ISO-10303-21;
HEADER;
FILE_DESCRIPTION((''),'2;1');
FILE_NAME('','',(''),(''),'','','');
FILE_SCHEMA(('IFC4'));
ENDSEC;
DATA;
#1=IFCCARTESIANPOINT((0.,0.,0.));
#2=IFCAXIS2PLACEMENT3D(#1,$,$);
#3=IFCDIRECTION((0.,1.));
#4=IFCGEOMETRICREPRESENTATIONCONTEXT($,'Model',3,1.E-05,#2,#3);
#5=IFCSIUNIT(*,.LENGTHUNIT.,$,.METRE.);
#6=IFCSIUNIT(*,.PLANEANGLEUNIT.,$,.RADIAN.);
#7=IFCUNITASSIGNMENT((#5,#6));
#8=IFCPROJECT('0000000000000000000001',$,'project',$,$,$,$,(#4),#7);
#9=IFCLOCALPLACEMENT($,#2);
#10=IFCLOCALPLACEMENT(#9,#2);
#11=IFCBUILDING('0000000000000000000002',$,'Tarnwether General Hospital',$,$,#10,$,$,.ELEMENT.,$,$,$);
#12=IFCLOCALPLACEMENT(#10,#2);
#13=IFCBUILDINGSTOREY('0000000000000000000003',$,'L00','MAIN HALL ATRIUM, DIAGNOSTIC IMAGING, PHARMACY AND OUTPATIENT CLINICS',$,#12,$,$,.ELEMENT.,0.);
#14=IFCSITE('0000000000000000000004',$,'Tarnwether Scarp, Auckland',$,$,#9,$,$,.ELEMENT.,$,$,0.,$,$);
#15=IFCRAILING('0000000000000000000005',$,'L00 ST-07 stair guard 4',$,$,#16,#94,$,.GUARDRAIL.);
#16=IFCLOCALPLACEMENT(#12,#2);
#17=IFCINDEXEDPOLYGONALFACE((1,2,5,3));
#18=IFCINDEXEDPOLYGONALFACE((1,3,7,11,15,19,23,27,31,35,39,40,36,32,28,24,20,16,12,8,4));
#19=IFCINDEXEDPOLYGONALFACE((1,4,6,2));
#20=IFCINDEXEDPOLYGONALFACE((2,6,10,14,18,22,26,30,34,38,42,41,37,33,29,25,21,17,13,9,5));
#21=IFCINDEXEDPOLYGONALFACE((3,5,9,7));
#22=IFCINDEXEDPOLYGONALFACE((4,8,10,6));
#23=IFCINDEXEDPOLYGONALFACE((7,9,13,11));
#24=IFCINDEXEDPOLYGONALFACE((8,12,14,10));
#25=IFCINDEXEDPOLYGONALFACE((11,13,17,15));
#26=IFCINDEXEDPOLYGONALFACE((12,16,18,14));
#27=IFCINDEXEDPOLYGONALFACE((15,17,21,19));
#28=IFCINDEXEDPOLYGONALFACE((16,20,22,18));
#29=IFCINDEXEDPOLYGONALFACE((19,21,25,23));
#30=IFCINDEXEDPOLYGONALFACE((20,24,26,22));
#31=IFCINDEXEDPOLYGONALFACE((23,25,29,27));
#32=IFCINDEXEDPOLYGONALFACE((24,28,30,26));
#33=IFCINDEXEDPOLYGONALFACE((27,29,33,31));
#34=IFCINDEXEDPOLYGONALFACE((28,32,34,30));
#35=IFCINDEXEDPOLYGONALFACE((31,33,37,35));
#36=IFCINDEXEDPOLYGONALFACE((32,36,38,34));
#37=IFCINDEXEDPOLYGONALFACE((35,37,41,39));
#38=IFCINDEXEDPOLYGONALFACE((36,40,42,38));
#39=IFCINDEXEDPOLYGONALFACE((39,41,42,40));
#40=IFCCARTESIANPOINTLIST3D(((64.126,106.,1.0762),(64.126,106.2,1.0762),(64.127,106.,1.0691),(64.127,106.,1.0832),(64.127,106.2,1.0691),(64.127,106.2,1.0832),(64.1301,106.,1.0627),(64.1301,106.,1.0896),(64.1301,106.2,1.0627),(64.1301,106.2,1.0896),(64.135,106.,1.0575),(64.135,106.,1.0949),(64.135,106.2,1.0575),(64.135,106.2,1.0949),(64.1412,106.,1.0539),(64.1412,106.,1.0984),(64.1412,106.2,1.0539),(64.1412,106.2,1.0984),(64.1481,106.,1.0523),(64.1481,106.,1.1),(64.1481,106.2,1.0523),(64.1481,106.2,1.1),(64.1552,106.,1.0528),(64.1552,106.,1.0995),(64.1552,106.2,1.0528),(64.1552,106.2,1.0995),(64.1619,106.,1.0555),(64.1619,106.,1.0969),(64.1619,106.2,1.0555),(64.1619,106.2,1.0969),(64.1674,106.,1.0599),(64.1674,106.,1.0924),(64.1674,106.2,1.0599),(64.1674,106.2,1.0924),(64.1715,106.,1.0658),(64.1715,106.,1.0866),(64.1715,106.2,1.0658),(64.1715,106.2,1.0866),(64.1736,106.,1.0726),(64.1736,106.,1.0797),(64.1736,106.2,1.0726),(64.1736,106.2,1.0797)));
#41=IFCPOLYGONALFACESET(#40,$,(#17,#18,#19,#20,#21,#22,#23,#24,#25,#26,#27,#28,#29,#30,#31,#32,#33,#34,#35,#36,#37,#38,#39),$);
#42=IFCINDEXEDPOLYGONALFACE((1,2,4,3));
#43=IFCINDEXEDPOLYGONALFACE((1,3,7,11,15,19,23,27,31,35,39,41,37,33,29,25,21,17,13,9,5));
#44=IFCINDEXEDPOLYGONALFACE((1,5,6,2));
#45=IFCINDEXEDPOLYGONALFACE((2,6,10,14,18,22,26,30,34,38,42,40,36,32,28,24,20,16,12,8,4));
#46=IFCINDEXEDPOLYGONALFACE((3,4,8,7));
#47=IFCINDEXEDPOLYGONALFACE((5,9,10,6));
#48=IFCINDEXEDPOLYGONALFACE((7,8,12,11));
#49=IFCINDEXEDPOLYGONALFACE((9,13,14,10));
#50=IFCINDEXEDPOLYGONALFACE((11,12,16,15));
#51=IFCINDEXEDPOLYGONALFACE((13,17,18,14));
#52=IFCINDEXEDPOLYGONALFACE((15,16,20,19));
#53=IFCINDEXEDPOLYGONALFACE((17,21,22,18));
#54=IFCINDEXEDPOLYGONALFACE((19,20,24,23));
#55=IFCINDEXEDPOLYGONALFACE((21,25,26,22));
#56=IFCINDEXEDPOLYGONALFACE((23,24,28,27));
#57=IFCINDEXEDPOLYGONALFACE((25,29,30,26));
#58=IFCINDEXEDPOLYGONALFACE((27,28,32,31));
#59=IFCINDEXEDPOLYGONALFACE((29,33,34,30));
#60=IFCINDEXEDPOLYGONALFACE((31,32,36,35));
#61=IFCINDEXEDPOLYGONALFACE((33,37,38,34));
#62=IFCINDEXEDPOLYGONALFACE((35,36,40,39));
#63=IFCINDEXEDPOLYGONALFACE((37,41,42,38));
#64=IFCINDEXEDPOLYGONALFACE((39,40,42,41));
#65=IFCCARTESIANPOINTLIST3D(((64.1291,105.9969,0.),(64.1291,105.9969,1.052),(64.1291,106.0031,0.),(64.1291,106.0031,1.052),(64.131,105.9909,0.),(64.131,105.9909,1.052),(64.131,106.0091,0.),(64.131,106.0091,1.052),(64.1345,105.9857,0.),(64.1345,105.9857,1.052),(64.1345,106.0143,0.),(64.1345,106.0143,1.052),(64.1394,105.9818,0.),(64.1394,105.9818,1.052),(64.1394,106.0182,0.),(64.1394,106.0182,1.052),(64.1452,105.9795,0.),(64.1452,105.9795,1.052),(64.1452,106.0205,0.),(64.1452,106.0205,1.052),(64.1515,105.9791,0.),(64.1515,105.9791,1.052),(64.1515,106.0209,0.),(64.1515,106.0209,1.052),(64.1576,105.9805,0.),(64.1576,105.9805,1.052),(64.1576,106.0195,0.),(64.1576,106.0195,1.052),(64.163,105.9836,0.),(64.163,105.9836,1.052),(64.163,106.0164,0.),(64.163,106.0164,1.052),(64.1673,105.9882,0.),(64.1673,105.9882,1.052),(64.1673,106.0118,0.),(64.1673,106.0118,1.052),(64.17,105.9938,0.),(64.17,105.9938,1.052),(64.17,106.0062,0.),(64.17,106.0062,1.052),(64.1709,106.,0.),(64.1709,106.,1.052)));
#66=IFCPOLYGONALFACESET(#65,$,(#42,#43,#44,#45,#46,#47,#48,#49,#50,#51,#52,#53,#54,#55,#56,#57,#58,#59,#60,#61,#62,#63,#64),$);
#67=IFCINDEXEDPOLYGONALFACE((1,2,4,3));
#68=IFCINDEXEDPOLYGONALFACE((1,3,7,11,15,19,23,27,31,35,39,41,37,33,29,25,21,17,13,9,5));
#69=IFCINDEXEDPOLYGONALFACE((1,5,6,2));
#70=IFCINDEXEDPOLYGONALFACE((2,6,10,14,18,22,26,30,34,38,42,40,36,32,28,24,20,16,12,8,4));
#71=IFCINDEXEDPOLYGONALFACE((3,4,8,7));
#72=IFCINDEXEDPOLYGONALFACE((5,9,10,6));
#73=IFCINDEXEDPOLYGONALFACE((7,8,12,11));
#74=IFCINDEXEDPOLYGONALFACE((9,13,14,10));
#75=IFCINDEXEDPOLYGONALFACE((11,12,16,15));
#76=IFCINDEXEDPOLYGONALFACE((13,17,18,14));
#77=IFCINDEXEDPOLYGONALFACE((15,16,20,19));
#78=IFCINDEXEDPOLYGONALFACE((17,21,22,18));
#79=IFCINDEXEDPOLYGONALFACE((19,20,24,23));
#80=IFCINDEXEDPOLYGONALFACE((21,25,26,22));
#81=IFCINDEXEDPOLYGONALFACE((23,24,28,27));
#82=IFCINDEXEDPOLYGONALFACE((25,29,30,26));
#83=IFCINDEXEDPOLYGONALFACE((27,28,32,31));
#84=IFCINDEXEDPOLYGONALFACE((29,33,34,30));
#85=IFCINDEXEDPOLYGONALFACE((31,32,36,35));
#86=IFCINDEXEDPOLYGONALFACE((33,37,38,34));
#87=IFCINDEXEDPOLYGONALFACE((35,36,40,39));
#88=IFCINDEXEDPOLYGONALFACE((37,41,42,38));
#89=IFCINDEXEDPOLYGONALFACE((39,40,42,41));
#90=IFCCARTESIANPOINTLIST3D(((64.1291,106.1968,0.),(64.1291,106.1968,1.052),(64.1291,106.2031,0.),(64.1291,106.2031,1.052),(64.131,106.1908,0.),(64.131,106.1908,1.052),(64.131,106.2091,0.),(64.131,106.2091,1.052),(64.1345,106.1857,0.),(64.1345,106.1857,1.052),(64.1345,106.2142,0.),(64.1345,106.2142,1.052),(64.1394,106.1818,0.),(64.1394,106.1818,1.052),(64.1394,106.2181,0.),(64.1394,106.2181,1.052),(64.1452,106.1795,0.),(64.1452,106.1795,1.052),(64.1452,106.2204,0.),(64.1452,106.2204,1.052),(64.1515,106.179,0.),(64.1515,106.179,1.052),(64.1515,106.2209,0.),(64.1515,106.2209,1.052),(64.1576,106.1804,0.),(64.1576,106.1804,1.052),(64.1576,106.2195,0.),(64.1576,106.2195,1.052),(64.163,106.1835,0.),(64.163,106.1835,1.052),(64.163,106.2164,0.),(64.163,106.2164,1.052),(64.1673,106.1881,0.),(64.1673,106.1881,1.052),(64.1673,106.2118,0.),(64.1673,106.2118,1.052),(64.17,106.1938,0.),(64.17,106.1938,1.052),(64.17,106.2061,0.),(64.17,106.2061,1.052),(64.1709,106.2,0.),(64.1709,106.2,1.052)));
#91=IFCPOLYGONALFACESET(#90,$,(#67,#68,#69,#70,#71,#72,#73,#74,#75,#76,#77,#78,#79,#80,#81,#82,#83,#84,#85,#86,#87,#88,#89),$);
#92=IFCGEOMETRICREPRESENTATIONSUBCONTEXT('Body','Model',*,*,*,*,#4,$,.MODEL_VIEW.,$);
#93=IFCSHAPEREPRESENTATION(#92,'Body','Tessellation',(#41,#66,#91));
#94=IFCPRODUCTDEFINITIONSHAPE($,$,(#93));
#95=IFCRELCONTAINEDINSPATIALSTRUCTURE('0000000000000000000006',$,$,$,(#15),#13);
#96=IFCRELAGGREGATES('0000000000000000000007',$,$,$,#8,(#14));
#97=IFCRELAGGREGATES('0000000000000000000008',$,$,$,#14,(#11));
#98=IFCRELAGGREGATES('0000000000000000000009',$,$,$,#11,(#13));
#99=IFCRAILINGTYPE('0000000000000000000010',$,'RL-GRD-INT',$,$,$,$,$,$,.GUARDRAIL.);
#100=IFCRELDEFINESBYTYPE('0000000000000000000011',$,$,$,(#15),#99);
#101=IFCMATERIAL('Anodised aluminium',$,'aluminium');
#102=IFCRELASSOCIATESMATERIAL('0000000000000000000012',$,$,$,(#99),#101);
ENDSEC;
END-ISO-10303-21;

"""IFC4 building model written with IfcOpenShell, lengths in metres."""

from ifc_helpers import new_model, si_unit, direction, frame, origin, origin_2d, place, context, subcontext, project, spatial, circle, extrude, material, type_object, element, save


model = new_model("IFC4")

# Units and contexts
model_context = context("Model", 3, precision=1e-05, world=origin(), true_north=direction((0.0, 1.0)))
body_context = subcontext(model_context, "Body", "Model", "MODEL_VIEW")
ifc_project = project(units=[si_unit("LENGTHUNIT", "METRE"), si_unit("PLANEANGLEUNIT", "RADIAN")], contexts=[model_context])

# Site, building, storey
site_placement = place(None, origin())
site = spatial("IfcSite", under=ifc_project, at=site_placement, Name="Tarnwether Scarp, Auckland", CompositionType="ELEMENT", RefElevation=0.0)
building_placement = place(site_placement, origin())
building = spatial("IfcBuilding", under=site, at=building_placement, Name="Tarnwether General Hospital", CompositionType="ELEMENT")
storey_placement = place(building_placement, origin())
storey = spatial("IfcBuildingStorey", under=building, at=storey_placement, Name="L00", Description="MAIN HALL ATRIUM, DIAGNOSTIC IMAGING, PHARMACY AND OUTPATIENT CLINICS", CompositionType="ELEMENT", Elevation=0.0)

# Railing
ifc_material_1 = material(Name="Anodised aluminium", Category="aluminium")
railing_type_1 = type_object("IfcRailingType", Name="RL-GRD-INT", PredefinedType="GUARDRAIL", material=ifc_material_1)
railing_1_placement = place(storey_placement, frame((64.1499, 106.0, 0.0)))
element("IfcRailing", 1, at=railing_1_placement, inside=storey, type_object=railing_type_1, Name="L00 ST-07 stair guard 4", PredefinedType="GUARDRAIL", context=body_context, shape_type="SweptSolid", body=[
    extrude(circle(Radius=0.0239, at=origin_2d()), frame((0.0, 0.0, 1.0762), z_axis=(0.0, 1.0, 0.0), x_axis=(-1.0, 0.0, 0.0)), (0.0, 0.0, 1.0), 0.2),
    extrude(circle(Radius=0.021, at=origin_2d()), origin(), (0.0, 0.0, 1.0), 1.052),
    extrude(circle(Radius=0.021, at=origin_2d()), frame((0.0, 0.2, 0.0)), (0.0, 0.0, 1.0), 1.052),
])

save(model, "model.ifc")
